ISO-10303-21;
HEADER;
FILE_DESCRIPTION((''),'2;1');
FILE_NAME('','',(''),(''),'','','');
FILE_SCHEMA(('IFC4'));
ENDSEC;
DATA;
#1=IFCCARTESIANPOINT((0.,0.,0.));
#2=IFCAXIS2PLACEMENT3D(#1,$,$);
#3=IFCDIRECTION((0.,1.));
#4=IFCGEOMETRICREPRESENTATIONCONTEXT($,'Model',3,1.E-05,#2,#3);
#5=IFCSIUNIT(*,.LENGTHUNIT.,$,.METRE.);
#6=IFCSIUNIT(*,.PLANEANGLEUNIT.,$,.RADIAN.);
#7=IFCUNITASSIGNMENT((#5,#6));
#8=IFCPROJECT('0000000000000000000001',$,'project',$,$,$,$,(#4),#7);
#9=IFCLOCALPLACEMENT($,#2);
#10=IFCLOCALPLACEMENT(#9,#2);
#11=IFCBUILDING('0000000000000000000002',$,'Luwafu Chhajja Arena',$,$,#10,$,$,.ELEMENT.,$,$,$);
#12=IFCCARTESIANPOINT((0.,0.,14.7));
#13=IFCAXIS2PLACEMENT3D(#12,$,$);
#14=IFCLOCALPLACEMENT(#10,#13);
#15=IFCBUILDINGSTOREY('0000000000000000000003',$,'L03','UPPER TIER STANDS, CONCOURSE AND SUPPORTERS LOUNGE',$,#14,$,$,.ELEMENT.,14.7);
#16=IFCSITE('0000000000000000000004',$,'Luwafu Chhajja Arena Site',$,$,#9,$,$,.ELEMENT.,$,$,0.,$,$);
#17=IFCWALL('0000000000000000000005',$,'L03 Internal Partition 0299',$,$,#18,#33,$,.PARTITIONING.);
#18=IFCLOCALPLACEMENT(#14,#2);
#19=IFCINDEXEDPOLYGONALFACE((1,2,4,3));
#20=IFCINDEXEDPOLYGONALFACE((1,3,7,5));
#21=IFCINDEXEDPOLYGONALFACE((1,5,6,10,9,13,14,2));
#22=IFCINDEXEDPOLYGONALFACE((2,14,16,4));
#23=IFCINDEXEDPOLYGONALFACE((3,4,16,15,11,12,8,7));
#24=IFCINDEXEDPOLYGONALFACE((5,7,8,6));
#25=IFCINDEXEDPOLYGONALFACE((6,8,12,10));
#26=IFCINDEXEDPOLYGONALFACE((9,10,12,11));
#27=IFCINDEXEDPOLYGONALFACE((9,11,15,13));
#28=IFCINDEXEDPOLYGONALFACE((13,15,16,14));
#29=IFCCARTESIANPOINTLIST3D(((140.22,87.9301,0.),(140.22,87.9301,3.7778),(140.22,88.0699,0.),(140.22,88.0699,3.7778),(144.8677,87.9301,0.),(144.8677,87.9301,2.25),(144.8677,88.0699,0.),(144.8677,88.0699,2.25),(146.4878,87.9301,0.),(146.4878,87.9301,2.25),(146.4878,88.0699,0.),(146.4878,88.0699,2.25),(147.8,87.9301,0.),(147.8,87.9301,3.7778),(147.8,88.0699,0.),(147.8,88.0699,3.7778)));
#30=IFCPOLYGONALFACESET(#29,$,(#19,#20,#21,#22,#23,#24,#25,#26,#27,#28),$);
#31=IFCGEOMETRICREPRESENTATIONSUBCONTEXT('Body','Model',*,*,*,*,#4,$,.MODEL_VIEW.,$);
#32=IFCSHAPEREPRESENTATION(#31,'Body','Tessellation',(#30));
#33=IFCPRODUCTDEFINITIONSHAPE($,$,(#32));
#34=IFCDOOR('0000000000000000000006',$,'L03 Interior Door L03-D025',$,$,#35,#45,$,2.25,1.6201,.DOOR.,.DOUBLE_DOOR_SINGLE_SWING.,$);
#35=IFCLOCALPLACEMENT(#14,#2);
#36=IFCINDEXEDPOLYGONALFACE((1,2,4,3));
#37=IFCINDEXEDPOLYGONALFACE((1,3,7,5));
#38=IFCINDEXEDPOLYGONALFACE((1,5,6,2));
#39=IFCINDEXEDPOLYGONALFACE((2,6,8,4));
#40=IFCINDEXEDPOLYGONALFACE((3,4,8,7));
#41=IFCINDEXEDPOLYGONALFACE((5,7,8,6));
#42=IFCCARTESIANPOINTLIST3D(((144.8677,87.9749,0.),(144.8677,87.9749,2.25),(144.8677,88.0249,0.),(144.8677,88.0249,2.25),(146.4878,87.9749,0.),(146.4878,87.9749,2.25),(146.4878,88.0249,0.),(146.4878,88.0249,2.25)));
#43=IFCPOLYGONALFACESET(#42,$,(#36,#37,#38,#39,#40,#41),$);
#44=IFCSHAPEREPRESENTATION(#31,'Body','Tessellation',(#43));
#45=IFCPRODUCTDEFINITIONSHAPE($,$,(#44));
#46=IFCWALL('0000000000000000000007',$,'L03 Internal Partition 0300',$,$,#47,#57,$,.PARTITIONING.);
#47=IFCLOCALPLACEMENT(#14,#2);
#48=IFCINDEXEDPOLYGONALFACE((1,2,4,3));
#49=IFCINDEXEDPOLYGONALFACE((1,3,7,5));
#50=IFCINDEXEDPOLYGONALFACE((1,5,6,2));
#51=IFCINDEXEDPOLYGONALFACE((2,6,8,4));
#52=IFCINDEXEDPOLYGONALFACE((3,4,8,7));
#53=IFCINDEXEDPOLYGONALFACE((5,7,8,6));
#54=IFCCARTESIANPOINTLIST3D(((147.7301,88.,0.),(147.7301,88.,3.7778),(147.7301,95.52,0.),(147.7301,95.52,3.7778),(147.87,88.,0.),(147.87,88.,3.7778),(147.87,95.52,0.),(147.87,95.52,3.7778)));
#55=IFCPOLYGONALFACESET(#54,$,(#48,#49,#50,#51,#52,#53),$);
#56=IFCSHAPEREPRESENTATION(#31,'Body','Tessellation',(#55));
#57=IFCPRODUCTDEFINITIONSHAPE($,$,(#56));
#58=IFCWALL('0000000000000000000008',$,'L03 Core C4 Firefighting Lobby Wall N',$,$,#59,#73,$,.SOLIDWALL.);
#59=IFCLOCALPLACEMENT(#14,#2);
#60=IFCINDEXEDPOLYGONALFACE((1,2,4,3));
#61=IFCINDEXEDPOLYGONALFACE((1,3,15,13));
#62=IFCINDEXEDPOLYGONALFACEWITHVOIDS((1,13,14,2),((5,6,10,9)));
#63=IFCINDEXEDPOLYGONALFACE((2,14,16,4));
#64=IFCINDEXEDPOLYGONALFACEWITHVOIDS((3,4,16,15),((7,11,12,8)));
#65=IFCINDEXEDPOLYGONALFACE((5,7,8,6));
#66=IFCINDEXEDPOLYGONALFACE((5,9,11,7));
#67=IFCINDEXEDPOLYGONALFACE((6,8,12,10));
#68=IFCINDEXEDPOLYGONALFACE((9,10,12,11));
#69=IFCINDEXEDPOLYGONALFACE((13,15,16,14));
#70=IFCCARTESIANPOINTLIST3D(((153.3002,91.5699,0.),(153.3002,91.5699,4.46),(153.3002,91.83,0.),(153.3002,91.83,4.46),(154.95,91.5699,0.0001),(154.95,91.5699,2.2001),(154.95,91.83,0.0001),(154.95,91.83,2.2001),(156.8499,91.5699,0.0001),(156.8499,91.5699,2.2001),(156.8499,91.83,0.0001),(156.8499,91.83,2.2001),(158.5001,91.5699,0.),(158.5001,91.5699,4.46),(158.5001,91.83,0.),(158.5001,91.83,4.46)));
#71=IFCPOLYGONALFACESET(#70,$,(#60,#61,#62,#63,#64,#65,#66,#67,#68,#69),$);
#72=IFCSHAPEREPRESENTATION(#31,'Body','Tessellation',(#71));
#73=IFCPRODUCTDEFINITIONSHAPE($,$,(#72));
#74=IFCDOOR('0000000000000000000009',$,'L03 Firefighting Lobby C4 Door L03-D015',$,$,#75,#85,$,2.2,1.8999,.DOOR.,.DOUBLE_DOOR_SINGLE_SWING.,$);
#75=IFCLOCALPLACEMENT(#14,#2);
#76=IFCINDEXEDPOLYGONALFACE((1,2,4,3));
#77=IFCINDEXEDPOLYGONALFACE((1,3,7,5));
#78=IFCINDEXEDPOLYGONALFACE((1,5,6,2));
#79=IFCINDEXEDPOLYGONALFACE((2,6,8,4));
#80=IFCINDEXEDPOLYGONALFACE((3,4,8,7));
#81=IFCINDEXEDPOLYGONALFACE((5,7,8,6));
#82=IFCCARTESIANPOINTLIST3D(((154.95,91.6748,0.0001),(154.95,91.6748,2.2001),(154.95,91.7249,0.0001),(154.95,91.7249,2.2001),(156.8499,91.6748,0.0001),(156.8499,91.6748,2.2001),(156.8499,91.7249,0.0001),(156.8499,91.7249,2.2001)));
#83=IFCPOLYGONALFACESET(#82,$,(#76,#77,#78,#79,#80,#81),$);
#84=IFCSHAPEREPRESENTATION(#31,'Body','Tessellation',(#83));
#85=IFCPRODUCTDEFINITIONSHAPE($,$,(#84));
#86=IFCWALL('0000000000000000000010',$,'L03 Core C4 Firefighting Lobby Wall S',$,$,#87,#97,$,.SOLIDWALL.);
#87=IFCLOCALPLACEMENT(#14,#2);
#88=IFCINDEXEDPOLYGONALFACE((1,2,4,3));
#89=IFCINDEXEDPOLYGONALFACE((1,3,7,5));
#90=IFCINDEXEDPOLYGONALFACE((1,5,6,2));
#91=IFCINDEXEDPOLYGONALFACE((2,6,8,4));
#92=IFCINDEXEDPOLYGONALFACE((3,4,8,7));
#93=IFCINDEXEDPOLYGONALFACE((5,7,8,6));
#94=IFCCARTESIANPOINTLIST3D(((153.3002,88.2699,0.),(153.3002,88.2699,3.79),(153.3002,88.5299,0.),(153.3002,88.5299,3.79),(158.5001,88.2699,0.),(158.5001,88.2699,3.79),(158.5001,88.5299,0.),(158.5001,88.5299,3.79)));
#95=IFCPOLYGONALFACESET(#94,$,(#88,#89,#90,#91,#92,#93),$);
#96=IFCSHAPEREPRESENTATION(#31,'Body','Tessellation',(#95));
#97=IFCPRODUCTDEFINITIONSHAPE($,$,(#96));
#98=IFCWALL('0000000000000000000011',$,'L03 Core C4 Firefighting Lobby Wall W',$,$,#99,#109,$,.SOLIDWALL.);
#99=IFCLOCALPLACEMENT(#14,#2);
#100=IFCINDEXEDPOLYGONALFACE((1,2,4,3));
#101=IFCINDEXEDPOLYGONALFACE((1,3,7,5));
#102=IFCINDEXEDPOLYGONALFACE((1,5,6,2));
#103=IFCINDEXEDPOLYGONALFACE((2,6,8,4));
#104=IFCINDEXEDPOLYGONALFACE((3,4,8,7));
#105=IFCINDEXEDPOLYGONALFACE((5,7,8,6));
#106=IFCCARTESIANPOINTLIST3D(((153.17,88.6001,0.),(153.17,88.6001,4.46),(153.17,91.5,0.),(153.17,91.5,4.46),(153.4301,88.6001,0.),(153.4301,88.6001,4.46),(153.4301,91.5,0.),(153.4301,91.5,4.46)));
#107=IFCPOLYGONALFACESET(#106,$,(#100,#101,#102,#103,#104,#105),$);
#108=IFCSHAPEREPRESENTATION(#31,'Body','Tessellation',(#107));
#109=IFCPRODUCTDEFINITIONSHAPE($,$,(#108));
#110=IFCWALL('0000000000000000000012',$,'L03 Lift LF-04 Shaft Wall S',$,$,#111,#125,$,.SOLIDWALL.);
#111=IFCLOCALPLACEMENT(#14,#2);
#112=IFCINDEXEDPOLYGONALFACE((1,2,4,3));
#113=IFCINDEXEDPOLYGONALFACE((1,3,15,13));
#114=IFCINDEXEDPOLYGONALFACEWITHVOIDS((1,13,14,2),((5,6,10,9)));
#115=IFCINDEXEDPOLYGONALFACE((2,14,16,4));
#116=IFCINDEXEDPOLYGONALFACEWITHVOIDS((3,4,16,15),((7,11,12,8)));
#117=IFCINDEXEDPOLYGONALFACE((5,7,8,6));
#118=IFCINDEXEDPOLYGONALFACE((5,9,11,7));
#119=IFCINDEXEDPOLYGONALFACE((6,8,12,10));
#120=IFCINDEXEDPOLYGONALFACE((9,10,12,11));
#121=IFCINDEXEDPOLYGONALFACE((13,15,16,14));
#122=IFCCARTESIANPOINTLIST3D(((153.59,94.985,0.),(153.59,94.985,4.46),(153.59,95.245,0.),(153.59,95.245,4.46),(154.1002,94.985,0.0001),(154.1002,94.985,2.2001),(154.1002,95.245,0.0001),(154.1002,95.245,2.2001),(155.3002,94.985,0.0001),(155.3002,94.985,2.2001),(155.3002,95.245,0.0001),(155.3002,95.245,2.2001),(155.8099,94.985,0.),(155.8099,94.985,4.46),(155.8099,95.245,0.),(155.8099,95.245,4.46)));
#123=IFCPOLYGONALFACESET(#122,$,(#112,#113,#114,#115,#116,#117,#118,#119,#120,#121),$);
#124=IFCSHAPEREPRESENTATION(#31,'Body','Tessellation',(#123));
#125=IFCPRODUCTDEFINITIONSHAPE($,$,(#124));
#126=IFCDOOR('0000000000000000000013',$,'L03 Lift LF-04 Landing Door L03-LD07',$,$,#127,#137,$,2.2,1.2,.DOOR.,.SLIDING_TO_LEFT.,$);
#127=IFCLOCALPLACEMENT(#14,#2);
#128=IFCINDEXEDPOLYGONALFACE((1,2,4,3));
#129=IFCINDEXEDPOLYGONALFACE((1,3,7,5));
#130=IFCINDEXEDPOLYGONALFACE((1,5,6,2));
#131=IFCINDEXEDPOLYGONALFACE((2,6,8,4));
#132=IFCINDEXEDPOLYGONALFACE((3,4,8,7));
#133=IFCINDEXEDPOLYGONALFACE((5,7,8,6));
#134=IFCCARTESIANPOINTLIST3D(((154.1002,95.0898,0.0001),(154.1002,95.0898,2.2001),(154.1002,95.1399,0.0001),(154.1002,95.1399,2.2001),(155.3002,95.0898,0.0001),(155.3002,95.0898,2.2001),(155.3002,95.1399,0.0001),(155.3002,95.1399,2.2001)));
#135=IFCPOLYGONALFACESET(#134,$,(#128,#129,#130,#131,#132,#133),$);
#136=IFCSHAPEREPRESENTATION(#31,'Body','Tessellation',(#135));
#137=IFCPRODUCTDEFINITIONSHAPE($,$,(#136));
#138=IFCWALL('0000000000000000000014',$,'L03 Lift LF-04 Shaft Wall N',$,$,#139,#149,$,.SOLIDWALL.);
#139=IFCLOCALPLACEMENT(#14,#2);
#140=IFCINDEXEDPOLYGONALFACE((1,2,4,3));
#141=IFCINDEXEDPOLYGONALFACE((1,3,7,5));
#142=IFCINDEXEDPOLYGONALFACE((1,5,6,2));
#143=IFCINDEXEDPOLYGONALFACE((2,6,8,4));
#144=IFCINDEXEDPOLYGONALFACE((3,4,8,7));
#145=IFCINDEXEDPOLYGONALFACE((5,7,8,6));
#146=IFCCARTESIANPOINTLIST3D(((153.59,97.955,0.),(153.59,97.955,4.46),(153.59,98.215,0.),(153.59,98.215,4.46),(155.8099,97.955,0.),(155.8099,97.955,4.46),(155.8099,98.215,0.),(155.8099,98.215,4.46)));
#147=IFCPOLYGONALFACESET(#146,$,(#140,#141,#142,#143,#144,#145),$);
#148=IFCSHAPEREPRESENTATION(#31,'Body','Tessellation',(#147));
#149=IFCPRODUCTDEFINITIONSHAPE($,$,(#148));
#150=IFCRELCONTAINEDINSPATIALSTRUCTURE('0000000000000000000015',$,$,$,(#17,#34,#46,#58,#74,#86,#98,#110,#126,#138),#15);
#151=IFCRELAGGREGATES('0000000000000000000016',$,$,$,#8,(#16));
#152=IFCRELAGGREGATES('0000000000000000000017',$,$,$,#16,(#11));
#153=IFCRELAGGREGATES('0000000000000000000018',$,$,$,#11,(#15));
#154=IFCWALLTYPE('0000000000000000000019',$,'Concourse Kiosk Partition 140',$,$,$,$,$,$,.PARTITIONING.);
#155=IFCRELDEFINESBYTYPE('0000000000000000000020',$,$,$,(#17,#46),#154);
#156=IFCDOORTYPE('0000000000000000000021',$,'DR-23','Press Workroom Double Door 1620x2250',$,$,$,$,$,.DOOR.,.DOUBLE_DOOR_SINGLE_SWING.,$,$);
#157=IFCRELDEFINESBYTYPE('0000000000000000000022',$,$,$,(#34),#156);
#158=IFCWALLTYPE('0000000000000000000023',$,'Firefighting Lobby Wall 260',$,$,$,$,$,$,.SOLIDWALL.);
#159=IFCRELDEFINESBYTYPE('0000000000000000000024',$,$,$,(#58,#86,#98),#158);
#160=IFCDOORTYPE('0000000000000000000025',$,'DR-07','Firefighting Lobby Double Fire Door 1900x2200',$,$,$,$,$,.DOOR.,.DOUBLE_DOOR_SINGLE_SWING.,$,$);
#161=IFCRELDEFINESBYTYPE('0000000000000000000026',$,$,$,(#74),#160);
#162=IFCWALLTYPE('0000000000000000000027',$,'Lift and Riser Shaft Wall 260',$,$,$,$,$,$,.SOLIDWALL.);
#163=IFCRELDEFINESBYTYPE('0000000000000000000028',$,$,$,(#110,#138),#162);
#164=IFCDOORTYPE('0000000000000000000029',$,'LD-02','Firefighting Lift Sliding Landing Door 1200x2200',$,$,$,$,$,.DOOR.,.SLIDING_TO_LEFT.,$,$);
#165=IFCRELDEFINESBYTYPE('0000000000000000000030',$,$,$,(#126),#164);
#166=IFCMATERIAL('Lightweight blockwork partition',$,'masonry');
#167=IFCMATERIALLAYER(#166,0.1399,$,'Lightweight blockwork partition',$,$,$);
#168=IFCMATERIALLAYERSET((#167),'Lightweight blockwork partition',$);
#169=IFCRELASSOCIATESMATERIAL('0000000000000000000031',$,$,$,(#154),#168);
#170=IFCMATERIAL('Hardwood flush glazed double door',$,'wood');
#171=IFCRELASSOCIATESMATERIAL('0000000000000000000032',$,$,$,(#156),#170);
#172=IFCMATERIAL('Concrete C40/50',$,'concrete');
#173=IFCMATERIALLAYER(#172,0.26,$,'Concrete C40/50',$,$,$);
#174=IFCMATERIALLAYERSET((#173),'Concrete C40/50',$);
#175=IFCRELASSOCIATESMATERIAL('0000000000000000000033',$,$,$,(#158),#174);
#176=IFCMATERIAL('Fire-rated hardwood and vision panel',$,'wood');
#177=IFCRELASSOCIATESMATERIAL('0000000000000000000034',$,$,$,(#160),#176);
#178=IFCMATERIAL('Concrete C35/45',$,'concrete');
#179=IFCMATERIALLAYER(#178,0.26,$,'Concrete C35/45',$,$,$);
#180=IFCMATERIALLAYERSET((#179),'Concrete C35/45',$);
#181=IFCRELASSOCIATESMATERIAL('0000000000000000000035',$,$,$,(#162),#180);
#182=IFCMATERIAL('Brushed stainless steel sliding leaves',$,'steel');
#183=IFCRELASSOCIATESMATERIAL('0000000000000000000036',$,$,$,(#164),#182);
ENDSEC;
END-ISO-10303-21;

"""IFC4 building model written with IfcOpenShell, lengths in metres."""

from ifc_helpers import new_model, si_unit, direction, frame, frame_2d, origin, place, context, subcontext, project, spatial, rectangle, extrude, material, layer, layer_set, type_object, element, fill, save


model = new_model("IFC4")

# Units and contexts
model_context = context("Model", 3, precision=1e-05, world=origin(), true_north=direction((0.0, 1.0)))
body_context = subcontext(model_context, "Body", "Model", "MODEL_VIEW")
ifc_project = project(units=[si_unit("LENGTHUNIT", "METRE"), si_unit("PLANEANGLEUNIT", "RADIAN")], contexts=[model_context])

# Site, building, storey
site_placement = place(None, origin())
site = spatial("IfcSite", under=ifc_project, at=site_placement, Name="Luwafu Chhajja Arena Site", CompositionType="ELEMENT", RefElevation=0.0)
building_placement = place(site_placement, origin())
building = spatial("IfcBuilding", under=site, at=building_placement, Name="Luwafu Chhajja Arena", CompositionType="ELEMENT")
storey_placement = place(building_placement, frame((0.0, 0.0, 14.7)))
storey = spatial("IfcBuildingStorey", under=building, at=storey_placement, Name="L03", Description="UPPER TIER STANDS, CONCOURSE AND SUPPORTERS LOUNGE", CompositionType="ELEMENT", Elevation=14.7)

# Shared definitions
ifc_material_1 = material(Name="Concrete C35/45", Category="concrete")

# Wall, opening, door
ifc_material_2 = material(Name="Lightweight blockwork partition", Category="masonry")
ifc_layer_1 = layer(ifc_material_2, 0.1399, Name="Lightweight blockwork partition")
ifc_layer_set_1 = layer_set([ifc_layer_1], Name="Lightweight blockwork partition")
wall_type_1 = type_object("IfcWallType", Name="Concourse Kiosk Partition 140", PredefinedType="PARTITIONING", material=ifc_layer_set_1)
wall_1_placement = place(storey_placement, frame((140.22, 88.0, 0.0), z_axis=(0.0, 0.0, 1.0), x_axis=(1.0, 0.0, 0.0)))
wall_1 = element("IfcWall", 1, at=wall_1_placement, inside=storey, type_object=wall_type_1, Name="L03 Internal Partition 0299", PredefinedType="PARTITIONING", context=body_context, shape_type="SweptSolid", body=[
    extrude(rectangle(XDim=7.5801, YDim=0.1399, at=frame_2d((3.79, 0.0))), origin(), (0.0, 0.0, 1.0), 3.7778),
])
opening_1_placement = place(wall_1_placement, frame((4.6477, 0.0, 0.0)))
opening_1 = element("IfcOpeningElement", 2, at=opening_1_placement, cuts=wall_1, PredefinedType="OPENING", context=body_context, shape_type="SweptSolid", body=[
    extrude(rectangle(XDim=1.6201, YDim=2.25, at=frame_2d((0.8101, 1.125))), frame((0.0, 0.0798, 0.0), z_axis=(0.0, -1.0, 0.0), x_axis=(1.0, 0.0, 0.0)), (0.0, 0.0, 1.0), 0.1599),
])
ifc_material_3 = material(Name="Hardwood flush glazed double door", Category="wood")
door_type_1 = type_object("IfcDoorType", Name="DR-23", Description="Press Workroom Double Door 1620x2250", OperationType="DOUBLE_DOOR_SINGLE_SWING", PredefinedType="DOOR", material=ifc_material_3)
door_1_placement = place(opening_1_placement, origin())
door_1 = element("IfcDoor", 3, at=door_1_placement, inside=storey, type_object=door_type_1, Name="L03 Interior Door L03-D025", OperationType="DOUBLE_DOOR_SINGLE_SWING", OverallHeight=2.25, OverallWidth=1.6201, PredefinedType="DOOR", context=body_context, shape_type="SweptSolid", body=[
    extrude(rectangle(XDim=1.6201, YDim=2.25, at=frame_2d((0.8101, 1.125))), frame((0.0, 0.0249, 0.0), z_axis=(0.0, -1.0, 0.0), x_axis=(1.0, 0.0, 0.0)), (0.0, 0.0, 1.0), 0.05),
])
fill(opening_1, door_1)

# Wall
wall_2_placement = place(storey_placement, frame((147.8, 88.0, 0.0), z_axis=(0.0, 0.0, 1.0), x_axis=(0.0, 1.0, 0.0)))
element("IfcWall", 4, at=wall_2_placement, inside=storey, type_object=wall_type_1, Name="L03 Internal Partition 0300", PredefinedType="PARTITIONING", context=body_context, shape_type="SweptSolid", body=[
    extrude(rectangle(XDim=7.52, YDim=0.1399, at=frame_2d((3.76, 0.0))), origin(), (0.0, 0.0, 1.0), 3.7778),
])

# Wall, opening, door
ifc_material_4 = material(Name="Concrete C40/50", Category="concrete")
ifc_layer_2 = layer(ifc_material_4, 0.26, Name="Concrete C40/50")
ifc_layer_set_2 = layer_set([ifc_layer_2], Name="Concrete C40/50")
wall_type_2 = type_object("IfcWallType", Name="Firefighting Lobby Wall 260", PredefinedType="SOLIDWALL", material=ifc_layer_set_2)
wall_3_placement = place(storey_placement, frame((153.3, 91.7, 0.0), z_axis=(0.0, 0.0, 1.0), x_axis=(1.0, 0.0, 0.0)))
wall_3 = element("IfcWall", 5, at=wall_3_placement, inside=storey, type_object=wall_type_2, Name="L03 Core C4 Firefighting Lobby Wall N", PredefinedType="SOLIDWALL", context=body_context, shape_type="SweptSolid", body=[
    extrude(rectangle(XDim=5.2, YDim=0.26, at=frame_2d((2.6001, 0.0))), origin(), (0.0, 0.0, 1.0), 4.46),
])
opening_2_placement = place(wall_3_placement, frame((1.6499, 0.0, 0.0)))
opening_2 = element("IfcOpeningElement", 6, at=opening_2_placement, cuts=wall_3, PredefinedType="OPENING", context=body_context, shape_type="SweptSolid", body=[
    extrude(rectangle(XDim=1.8999, YDim=2.2, at=frame_2d((0.95, 1.1001))), frame((0.0, 0.1399, 0.0), z_axis=(0.0, -1.0, 0.0), x_axis=(1.0, 0.0, 0.0)), (0.0, 0.0, 1.0), 0.28),
])
ifc_material_5 = material(Name="Fire-rated hardwood and vision panel", Category="wood")
door_type_2 = type_object("IfcDoorType", Name="DR-07", Description="Firefighting Lobby Double Fire Door 1900x2200", OperationType="DOUBLE_DOOR_SINGLE_SWING", PredefinedType="DOOR", material=ifc_material_5)
door_2_placement = place(opening_2_placement, origin())
door_2 = element("IfcDoor", 7, at=door_2_placement, inside=storey, type_object=door_type_2, Name="L03 Firefighting Lobby C4 Door L03-D015", OperationType="DOUBLE_DOOR_SINGLE_SWING", OverallHeight=2.2, OverallWidth=1.8999, PredefinedType="DOOR", context=body_context, shape_type="SweptSolid", body=[
    extrude(rectangle(XDim=1.8999, YDim=2.2, at=frame_2d((0.95, 1.1001))), frame((0.0, 0.0249, 0.0), z_axis=(0.0, -1.0, 0.0), x_axis=(1.0, 0.0, 0.0)), (0.0, 0.0, 1.0), 0.05),
])
fill(opening_2, door_2)

# Walls
wall_4_placement = place(storey_placement, frame((153.3, 88.3999, 0.0), z_axis=(0.0, 0.0, 1.0), x_axis=(1.0, 0.0, 0.0)))
element("IfcWall", 8, at=wall_4_placement, inside=storey, type_object=wall_type_2, Name="L03 Core C4 Firefighting Lobby Wall S", PredefinedType="SOLIDWALL", context=body_context, shape_type="SweptSolid", body=[
    extrude(rectangle(XDim=5.2, YDim=0.26, at=frame_2d((2.6001, 0.0))), origin(), (0.0, 0.0, 1.0), 3.79),
])
wall_5_placement = place(storey_placement, frame((153.3, 88.6001, 0.0), z_axis=(0.0, 0.0, 1.0), x_axis=(0.0, 1.0, 0.0)))
element("IfcWall", 9, at=wall_5_placement, inside=storey, type_object=wall_type_2, Name="L03 Core C4 Firefighting Lobby Wall W", PredefinedType="SOLIDWALL", context=body_context, shape_type="SweptSolid", body=[
    extrude(rectangle(XDim=2.8999, YDim=0.26, at=frame_2d((1.45, 0.0))), origin(), (0.0, 0.0, 1.0), 4.46),
])

# Wall, opening, door
ifc_layer_3 = layer(ifc_material_1, 0.26, Name="Concrete C35/45")
ifc_layer_set_3 = layer_set([ifc_layer_3], Name="Concrete C35/45")
wall_type_3 = type_object("IfcWallType", Name="Lift and Riser Shaft Wall 260", PredefinedType="SOLIDWALL", material=ifc_layer_set_3)
wall_6_placement = place(storey_placement, frame((153.5901, 95.115, 0.0), z_axis=(0.0, 0.0, 1.0), x_axis=(1.0, 0.0, 0.0)))
wall_6 = element("IfcWall", 10, at=wall_6_placement, inside=storey, type_object=wall_type_3, Name="L03 Lift LF-04 Shaft Wall S", PredefinedType="SOLIDWALL", context=body_context, shape_type="SweptSolid", body=[
    extrude(rectangle(XDim=2.22, YDim=0.26, at=frame_2d((1.1099, 0.0))), origin(), (0.0, 0.0, 1.0), 4.46),
])
opening_3_placement = place(wall_6_placement, frame((0.51, 0.0, 0.0)))
opening_3 = element("IfcOpeningElement", 11, at=opening_3_placement, cuts=wall_6, PredefinedType="OPENING", context=body_context, shape_type="SweptSolid", body=[
    extrude(rectangle(XDim=1.2, YDim=2.2, at=frame_2d((0.6001, 1.1001))), frame((0.0, 0.1399, 0.0), z_axis=(0.0, -1.0, 0.0), x_axis=(1.0, 0.0, 0.0)), (0.0, 0.0, 1.0), 0.28),
])
ifc_material_6 = material(Name="Brushed stainless steel sliding leaves", Category="steel")
door_type_3 = type_object("IfcDoorType", Name="LD-02", Description="Firefighting Lift Sliding Landing Door 1200x2200", OperationType="SLIDING_TO_LEFT", PredefinedType="DOOR", material=ifc_material_6)
door_3_placement = place(opening_3_placement, origin())
door_3 = element("IfcDoor", 12, at=door_3_placement, inside=storey, type_object=door_type_3, Name="L03 Lift LF-04 Landing Door L03-LD07", OperationType="SLIDING_TO_LEFT", OverallHeight=2.2, OverallWidth=1.2, PredefinedType="DOOR", context=body_context, shape_type="SweptSolid", body=[
    extrude(rectangle(XDim=1.2, YDim=2.2, at=frame_2d((0.6001, 1.1001))), frame((0.0, 0.0249, 0.0), z_axis=(0.0, -1.0, 0.0), x_axis=(1.0, 0.0, 0.0)), (0.0, 0.0, 1.0), 0.05),
])
fill(opening_3, door_3)

# Wall
wall_7_placement = place(storey_placement, frame((153.5901, 98.085, 0.0), z_axis=(0.0, 0.0, 1.0), x_axis=(1.0, 0.0, 0.0)))
element("IfcWall", 13, at=wall_7_placement, inside=storey, type_object=wall_type_3, Name="L03 Lift LF-04 Shaft Wall N", PredefinedType="SOLIDWALL", context=body_context, shape_type="SweptSolid", body=[
    extrude(rectangle(XDim=2.22, YDim=0.26, at=frame_2d((1.1099, 0.0))), origin(), (0.0, 0.0, 1.0), 4.46),
])

save(model, "model.ifc")
